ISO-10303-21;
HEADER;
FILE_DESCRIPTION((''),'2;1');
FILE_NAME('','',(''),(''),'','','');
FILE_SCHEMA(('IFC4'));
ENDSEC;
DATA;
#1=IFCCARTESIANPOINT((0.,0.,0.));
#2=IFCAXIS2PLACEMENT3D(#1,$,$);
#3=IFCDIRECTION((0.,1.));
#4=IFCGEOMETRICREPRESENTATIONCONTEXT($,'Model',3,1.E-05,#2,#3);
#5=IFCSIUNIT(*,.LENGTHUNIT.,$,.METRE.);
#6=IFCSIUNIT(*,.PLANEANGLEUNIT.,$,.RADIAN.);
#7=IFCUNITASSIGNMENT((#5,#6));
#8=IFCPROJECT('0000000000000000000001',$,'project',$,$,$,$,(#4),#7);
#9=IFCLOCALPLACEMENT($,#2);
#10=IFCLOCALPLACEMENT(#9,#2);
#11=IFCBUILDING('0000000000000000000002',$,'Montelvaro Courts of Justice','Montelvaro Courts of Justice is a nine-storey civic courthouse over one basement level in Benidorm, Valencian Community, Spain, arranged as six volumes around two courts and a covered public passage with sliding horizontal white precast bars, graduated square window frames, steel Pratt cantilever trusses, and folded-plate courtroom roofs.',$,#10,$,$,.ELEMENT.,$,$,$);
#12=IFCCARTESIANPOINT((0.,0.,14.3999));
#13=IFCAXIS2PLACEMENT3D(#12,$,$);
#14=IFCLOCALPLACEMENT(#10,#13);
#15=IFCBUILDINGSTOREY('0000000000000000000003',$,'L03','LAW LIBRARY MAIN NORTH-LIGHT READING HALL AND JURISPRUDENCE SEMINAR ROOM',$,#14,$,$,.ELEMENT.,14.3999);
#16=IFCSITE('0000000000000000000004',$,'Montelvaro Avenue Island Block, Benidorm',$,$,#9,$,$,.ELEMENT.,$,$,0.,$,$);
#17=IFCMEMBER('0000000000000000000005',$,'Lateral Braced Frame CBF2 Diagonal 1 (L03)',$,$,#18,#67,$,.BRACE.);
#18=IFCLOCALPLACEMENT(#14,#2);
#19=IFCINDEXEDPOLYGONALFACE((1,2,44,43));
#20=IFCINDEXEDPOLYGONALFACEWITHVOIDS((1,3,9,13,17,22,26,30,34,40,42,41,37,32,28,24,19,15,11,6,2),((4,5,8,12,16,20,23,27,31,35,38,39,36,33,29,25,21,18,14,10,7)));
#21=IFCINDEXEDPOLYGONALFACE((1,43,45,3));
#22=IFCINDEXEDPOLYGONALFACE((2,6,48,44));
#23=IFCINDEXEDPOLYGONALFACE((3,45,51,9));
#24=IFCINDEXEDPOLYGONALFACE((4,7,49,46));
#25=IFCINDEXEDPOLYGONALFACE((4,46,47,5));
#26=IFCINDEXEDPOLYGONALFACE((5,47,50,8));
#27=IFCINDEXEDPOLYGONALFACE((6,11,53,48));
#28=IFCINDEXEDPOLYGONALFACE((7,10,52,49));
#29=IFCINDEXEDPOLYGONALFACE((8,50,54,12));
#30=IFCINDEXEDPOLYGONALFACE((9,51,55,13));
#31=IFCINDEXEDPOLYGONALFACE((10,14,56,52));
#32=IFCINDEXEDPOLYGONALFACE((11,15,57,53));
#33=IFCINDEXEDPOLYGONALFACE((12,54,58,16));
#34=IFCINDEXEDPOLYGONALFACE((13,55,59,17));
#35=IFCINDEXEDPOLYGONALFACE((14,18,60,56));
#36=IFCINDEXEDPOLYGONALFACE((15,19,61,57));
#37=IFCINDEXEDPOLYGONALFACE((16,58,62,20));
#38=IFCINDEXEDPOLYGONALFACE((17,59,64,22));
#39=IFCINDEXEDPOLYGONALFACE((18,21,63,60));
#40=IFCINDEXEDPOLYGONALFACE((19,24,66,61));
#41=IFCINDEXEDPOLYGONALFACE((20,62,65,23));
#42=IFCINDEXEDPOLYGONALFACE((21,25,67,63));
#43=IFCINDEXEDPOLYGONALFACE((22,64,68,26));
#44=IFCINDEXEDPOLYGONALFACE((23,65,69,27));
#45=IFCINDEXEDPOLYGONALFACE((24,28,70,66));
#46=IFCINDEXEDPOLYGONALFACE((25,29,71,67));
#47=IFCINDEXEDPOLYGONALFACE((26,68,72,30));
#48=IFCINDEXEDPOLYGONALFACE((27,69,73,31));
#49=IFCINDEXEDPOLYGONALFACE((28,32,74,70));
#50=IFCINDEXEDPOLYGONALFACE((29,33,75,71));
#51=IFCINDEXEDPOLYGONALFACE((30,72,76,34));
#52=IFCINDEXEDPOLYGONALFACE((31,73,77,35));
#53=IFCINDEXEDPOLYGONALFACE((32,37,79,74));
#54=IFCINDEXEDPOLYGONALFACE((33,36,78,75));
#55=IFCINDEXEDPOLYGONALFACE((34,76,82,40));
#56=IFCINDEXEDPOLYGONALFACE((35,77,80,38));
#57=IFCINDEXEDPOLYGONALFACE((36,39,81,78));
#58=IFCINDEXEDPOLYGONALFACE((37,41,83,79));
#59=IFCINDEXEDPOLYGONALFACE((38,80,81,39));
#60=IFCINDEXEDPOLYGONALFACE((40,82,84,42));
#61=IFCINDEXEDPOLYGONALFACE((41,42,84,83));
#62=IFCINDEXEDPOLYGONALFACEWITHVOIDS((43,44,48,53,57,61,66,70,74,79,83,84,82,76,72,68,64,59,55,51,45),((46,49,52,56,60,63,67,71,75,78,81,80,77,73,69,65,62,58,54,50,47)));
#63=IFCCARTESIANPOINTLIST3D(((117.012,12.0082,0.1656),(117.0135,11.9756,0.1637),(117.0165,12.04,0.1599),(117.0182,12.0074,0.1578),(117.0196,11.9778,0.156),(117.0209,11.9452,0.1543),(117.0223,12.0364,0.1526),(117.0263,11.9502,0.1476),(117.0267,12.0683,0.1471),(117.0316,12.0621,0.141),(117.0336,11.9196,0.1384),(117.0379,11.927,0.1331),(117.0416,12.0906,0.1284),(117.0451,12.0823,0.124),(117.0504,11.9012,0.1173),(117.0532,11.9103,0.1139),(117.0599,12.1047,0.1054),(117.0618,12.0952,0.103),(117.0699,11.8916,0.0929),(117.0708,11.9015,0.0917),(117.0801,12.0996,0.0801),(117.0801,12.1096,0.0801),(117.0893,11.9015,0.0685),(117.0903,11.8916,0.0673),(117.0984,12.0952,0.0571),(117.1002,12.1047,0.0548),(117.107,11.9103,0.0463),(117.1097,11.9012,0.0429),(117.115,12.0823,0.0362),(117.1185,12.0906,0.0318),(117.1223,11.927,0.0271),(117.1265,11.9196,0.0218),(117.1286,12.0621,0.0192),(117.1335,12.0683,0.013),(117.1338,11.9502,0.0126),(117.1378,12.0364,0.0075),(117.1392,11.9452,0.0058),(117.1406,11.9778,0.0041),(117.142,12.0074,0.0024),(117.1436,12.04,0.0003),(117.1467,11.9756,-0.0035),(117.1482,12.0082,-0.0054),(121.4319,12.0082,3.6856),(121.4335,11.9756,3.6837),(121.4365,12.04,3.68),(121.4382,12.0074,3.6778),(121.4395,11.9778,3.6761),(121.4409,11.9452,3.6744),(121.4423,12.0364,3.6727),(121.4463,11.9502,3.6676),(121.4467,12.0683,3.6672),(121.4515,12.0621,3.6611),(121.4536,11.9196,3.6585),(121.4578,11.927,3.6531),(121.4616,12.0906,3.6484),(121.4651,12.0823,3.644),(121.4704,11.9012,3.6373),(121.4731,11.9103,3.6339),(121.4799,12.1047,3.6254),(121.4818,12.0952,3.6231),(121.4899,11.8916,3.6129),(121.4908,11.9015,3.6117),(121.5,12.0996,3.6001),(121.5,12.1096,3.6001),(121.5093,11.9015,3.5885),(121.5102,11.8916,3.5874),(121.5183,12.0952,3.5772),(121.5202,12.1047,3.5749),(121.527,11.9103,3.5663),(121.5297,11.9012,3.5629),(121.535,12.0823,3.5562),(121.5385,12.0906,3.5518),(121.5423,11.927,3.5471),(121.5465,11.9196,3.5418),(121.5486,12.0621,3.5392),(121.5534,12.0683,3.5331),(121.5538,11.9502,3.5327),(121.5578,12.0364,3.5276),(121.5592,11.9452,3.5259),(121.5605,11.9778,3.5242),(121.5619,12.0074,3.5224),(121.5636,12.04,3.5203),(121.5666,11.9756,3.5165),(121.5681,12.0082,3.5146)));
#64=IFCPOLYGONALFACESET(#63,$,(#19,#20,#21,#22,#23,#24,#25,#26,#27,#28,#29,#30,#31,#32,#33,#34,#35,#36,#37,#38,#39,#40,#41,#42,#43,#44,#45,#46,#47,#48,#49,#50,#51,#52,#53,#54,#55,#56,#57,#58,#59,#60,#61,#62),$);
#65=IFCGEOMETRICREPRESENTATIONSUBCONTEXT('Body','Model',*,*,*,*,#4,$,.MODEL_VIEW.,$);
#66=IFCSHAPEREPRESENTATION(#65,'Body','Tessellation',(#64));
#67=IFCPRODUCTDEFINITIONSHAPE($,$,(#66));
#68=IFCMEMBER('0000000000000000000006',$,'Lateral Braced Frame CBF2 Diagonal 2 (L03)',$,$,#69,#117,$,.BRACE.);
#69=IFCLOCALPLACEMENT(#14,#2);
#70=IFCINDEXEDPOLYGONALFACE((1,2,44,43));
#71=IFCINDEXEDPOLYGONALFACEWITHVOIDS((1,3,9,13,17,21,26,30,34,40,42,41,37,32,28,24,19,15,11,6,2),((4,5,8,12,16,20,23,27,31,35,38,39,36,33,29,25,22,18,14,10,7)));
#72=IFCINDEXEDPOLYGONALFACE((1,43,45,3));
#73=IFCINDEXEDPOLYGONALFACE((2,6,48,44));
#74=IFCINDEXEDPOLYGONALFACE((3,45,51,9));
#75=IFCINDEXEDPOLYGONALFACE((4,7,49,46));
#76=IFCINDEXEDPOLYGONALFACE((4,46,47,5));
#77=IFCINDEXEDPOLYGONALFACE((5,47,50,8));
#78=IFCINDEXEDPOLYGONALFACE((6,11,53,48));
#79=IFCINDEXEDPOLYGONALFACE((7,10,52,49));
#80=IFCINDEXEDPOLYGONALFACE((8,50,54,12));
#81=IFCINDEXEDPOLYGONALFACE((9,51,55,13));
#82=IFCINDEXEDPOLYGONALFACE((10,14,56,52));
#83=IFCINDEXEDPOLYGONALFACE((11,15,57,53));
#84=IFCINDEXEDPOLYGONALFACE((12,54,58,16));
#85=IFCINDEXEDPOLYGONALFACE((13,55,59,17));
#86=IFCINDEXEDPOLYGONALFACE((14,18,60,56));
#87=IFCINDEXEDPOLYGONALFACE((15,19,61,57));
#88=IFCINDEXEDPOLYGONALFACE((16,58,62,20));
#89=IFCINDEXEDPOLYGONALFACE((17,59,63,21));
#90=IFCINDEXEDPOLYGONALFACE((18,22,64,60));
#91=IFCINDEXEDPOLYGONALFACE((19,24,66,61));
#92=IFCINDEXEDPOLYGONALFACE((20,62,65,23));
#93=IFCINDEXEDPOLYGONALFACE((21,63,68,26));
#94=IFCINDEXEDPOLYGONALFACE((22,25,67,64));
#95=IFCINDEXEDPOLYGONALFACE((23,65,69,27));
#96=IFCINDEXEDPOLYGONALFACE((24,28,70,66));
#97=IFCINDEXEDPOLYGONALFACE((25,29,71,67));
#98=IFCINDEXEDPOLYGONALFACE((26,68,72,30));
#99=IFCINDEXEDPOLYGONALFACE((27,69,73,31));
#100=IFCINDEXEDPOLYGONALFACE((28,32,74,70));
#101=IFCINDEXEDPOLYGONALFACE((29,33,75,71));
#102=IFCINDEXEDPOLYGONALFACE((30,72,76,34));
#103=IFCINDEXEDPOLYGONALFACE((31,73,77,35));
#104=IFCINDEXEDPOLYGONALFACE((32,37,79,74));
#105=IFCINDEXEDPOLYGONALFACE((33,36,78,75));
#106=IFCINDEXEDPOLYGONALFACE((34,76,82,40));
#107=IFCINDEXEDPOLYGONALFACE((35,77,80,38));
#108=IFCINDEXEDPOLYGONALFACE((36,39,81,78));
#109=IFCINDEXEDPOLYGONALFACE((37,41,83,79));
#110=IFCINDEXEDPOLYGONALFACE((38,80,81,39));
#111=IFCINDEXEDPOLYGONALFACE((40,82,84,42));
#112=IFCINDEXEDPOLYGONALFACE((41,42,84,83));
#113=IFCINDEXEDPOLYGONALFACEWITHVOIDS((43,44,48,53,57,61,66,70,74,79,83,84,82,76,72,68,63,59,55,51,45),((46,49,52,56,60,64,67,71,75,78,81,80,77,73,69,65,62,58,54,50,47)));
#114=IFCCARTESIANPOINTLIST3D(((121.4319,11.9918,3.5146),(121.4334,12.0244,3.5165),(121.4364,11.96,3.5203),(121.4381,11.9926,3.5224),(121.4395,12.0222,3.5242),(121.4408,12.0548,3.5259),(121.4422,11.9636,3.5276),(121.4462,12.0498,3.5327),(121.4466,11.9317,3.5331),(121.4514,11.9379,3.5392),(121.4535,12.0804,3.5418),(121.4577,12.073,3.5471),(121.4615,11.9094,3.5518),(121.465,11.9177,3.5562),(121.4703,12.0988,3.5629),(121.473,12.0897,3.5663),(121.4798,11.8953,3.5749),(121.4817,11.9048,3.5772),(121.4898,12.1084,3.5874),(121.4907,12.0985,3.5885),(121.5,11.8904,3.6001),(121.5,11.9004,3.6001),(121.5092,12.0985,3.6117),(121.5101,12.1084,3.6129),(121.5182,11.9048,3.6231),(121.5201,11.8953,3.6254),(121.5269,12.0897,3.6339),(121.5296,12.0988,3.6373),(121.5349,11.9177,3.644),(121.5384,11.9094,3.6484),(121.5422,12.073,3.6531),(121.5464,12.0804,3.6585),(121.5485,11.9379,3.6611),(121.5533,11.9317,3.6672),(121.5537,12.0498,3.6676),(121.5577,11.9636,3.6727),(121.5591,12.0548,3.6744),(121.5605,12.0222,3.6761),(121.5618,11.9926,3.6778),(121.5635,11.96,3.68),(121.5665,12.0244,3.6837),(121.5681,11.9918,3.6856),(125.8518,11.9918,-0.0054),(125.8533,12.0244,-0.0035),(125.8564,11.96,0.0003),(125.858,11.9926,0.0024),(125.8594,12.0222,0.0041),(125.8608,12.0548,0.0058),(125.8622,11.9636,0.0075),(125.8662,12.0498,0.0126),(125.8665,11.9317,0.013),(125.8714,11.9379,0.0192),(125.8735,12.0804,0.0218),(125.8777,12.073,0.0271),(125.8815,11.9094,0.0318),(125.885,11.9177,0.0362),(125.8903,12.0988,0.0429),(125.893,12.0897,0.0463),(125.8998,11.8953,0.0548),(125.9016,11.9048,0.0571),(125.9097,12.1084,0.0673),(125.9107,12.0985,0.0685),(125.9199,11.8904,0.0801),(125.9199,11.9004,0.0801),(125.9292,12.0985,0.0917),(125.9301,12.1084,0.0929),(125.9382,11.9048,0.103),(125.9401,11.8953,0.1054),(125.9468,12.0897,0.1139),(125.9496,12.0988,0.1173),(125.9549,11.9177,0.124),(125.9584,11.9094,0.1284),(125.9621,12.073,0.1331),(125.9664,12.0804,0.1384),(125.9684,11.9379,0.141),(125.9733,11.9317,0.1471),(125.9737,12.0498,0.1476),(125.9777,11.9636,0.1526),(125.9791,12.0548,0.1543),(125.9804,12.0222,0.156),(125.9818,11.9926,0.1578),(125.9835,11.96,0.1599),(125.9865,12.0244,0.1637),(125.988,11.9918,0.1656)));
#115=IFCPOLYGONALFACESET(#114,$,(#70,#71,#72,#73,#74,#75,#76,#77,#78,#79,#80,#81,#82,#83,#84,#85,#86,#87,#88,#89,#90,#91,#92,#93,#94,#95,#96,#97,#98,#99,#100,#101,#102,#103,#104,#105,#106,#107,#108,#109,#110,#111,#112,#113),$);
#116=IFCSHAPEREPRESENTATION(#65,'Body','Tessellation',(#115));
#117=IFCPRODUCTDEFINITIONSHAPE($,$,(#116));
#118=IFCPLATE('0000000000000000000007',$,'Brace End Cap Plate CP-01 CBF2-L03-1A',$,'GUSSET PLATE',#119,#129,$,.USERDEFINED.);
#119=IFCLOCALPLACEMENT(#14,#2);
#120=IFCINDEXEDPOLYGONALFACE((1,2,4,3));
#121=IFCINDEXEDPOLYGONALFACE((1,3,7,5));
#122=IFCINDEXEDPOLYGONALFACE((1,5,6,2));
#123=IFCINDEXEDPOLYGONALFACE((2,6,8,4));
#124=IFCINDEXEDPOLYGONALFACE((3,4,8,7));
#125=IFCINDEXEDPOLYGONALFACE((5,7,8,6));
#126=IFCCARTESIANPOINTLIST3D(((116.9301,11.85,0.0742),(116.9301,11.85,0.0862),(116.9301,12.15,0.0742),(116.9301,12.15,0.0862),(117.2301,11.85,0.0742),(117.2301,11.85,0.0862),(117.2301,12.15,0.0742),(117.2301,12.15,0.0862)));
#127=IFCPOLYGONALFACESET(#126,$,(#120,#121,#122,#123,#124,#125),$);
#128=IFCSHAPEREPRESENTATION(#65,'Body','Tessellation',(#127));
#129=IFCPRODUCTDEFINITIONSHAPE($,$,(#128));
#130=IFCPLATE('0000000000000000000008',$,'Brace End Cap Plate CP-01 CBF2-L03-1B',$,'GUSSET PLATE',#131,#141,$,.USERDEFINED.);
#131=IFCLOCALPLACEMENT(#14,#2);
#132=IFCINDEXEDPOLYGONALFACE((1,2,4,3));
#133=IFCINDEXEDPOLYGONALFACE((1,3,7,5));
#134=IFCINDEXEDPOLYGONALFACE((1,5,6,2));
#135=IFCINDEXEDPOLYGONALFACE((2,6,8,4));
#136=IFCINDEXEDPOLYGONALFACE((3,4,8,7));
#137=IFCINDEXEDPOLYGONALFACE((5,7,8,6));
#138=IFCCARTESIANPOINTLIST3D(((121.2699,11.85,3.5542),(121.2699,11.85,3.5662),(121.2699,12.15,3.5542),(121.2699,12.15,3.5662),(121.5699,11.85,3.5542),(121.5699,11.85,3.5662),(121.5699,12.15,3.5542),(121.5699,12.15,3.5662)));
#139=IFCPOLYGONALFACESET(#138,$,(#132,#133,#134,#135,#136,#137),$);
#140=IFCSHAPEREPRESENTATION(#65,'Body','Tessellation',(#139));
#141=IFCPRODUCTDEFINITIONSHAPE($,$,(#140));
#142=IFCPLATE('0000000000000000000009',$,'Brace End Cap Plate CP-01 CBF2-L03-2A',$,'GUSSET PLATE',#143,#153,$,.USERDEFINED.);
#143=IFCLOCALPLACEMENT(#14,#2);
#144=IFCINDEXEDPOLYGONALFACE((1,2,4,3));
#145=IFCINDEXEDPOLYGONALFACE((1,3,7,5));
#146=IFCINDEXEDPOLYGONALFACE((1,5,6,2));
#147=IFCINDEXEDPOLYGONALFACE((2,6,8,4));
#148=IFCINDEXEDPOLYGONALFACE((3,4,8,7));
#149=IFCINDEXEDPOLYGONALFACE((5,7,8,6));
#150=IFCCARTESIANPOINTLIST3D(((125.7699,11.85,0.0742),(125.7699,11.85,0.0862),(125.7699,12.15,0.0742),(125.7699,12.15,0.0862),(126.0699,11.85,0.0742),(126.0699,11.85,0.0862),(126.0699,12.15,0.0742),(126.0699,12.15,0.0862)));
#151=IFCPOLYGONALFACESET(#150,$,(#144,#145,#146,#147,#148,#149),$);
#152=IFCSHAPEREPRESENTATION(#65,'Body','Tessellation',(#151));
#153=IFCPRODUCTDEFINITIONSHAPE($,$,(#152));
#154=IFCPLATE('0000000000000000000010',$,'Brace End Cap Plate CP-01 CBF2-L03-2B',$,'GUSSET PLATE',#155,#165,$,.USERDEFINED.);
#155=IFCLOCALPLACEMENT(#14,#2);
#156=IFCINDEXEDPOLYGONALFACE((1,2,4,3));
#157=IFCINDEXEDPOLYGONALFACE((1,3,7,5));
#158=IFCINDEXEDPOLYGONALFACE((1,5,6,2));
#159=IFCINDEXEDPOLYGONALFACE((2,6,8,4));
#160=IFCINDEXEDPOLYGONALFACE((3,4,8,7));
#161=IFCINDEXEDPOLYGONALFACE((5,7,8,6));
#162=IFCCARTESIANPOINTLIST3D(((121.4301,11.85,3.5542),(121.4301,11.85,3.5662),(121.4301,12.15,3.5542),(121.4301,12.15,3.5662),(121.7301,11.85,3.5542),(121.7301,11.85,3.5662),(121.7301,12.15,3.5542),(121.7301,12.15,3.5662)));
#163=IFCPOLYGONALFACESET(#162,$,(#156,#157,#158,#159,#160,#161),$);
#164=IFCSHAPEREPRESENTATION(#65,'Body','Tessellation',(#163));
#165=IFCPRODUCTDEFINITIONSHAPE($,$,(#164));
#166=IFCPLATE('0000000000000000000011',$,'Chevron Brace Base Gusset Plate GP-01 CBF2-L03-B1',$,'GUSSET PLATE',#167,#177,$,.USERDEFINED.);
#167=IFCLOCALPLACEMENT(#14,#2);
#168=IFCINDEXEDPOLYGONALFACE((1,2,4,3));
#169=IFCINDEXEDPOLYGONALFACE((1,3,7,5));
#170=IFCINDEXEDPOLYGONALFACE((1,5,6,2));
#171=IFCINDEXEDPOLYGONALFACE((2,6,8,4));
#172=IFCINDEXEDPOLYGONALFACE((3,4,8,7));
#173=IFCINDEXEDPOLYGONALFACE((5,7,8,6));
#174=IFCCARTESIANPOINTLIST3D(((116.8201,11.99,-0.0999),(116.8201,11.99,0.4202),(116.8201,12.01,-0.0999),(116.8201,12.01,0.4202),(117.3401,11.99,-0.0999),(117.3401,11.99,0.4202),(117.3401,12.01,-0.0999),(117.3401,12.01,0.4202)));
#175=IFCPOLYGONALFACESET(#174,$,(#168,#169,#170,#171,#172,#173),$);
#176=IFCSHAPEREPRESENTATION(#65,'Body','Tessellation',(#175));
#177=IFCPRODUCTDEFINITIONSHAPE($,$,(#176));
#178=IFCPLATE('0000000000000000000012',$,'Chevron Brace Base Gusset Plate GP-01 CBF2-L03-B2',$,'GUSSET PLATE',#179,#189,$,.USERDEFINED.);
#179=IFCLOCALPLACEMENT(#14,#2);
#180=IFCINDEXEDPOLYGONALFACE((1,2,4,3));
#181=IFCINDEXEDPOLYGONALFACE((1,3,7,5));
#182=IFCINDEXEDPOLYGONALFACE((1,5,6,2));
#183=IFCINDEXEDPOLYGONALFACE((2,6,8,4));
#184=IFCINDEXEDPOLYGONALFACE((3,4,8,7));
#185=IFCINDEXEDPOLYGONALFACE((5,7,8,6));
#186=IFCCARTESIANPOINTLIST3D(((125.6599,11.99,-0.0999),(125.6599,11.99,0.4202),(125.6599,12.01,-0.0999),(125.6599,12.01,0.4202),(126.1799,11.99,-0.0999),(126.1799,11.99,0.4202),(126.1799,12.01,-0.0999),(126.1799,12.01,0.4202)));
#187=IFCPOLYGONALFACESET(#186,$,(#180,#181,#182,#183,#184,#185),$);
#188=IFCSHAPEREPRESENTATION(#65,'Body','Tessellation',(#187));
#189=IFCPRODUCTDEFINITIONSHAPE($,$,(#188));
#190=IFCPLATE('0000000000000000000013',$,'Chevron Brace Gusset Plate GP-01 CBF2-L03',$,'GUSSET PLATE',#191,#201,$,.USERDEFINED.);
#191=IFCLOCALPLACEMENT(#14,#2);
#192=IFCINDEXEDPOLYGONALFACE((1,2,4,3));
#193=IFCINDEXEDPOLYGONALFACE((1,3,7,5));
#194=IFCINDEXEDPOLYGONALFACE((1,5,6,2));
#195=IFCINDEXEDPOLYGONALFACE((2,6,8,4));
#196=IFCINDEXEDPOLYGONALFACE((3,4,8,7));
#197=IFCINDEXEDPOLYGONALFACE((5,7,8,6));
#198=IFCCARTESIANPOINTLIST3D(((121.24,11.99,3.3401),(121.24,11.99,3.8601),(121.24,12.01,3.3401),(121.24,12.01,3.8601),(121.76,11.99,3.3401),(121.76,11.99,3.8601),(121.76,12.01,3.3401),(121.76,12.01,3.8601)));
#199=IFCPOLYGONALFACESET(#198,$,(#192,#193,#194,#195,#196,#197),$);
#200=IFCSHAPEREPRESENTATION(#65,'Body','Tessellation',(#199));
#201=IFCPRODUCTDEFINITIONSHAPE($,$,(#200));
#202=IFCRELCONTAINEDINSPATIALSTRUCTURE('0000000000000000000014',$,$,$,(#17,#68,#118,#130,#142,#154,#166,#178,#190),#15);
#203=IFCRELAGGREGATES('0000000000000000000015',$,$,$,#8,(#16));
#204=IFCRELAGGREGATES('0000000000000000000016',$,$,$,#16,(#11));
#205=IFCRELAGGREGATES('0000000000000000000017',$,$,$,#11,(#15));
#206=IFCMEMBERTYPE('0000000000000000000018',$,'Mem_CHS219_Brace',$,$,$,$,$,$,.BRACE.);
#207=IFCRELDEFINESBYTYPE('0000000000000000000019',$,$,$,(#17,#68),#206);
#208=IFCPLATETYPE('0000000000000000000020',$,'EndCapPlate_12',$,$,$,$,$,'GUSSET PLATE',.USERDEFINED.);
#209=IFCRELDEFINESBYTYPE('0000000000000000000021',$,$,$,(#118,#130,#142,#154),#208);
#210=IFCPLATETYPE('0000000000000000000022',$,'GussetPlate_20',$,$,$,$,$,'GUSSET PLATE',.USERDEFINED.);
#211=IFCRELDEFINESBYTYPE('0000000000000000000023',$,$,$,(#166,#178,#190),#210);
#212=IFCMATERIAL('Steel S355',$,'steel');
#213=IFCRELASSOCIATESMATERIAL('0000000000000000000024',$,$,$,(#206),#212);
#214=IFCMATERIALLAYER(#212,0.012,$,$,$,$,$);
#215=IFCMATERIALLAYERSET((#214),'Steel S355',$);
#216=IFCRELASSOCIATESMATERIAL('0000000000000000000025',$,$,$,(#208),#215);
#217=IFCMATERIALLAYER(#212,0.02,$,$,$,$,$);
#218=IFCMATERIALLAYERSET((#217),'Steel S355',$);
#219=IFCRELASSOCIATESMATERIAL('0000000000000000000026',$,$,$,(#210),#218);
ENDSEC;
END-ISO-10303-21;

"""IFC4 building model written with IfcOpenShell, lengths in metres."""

from ifc_helpers import new_model, si_unit, direction, frame, origin, origin_2d, place, context, subcontext, project, spatial, rectangle, hollow_circle, extrude, material, layer, layer_set, material_profile, profile_set, type_object, element, save


model = new_model("IFC4")

# Units and contexts
model_context = context("Model", 3, precision=1e-05, world=origin(), true_north=direction((0.0, 1.0)))
body_context = subcontext(model_context, "Body", "Model", "MODEL_VIEW")
ifc_project = project(units=[si_unit("LENGTHUNIT", "METRE"), si_unit("PLANEANGLEUNIT", "RADIAN")], contexts=[model_context])

# Site, building, storey
site_placement = place(None, origin())
site = spatial("IfcSite", under=ifc_project, at=site_placement, Name="Montelvaro Avenue Island Block, Benidorm", CompositionType="ELEMENT", RefElevation=0.0)
building_placement = place(site_placement, origin())
building = spatial("IfcBuilding", under=site, at=building_placement, Name="Montelvaro Courts of Justice", Description="Montelvaro Courts of Justice is a nine-storey civic courthouse over one basement level in Benidorm, Valencian Community, Spain, arranged as six volumes around two courts and a covered public passage with sliding horizontal white precast bars, graduated square window frames, steel Pratt cantilever trusses, and folded-plate courtroom roofs.", CompositionType="ELEMENT")
storey_placement = place(building_placement, frame((0.0, 0.0, 14.3999)))
storey = spatial("IfcBuildingStorey", under=building, at=storey_placement, Name="L03", Description="LAW LIBRARY MAIN NORTH-LIGHT READING HALL AND JURISPRUDENCE SEMINAR ROOM", CompositionType="ELEMENT", Elevation=14.3999)

# Shared definitions
ifc_material_1 = material(Name="Steel S355", Category="steel")

# Members
ifc_material_profile_1 = material_profile(ifc_material_1, hollow_circle(Radius=0.1096, WallThickness=0.01, at=origin_2d()), Name="CHS 219.1x10")
ifc_profile_set_1 = profile_set([ifc_material_profile_1], Name="Steel S355")
member_type = type_object("IfcMemberType", Name="Mem_CHS219_Brace", PredefinedType="BRACE", material=ifc_profile_set_1)
for number, where, z_axis, x_axis, name in (
    (1, (117.0801, 12.0, 0.0801), (0.782241, 0.0, 0.622976), (0.0, 1.0, 0.0), "Lateral Braced Frame CBF2 Diagonal 1 (L03)"),
    (2, (125.9199, 12.0, 0.0801), (-0.782241, 0.0, 0.622976), (0.0, -1.0, 0.0), "Lateral Braced Frame CBF2 Diagonal 2 (L03)"),
):
    element("IfcMember", number, at=place(storey_placement, frame(where, z_axis=z_axis, x_axis=x_axis)), inside=storey, type_object=member_type, Name=name, PredefinedType="BRACE", context=body_context, shape_type="SweptSolid", body=[
        extrude(hollow_circle(Radius=0.1096, WallThickness=0.01, at=origin_2d()), origin(), (0.0, 0.0, 1.0), 5.6504),
    ])

# Plates
ifc_layer_1 = layer(ifc_material_1, 0.012)
ifc_layer_set_1 = layer_set([ifc_layer_1], Name="Steel S355")
plate_type_1 = type_object("IfcPlateType", Name="EndCapPlate_12", ElementType="GUSSET PLATE", PredefinedType="USERDEFINED", material=ifc_layer_set_1)
for number, where, z_axis, x_axis, name in (
    (3, (117.0801, 12.0, 0.0742), (0.0, 0.0, 1.0), (1.0, 0.0, 0.0), "Brace End Cap Plate CP-01 CBF2-L03-1A"),
    (4, (121.4199, 12.0, 3.5542), (0.0, 0.0, 1.0), (1.0, 0.0, 0.0), "Brace End Cap Plate CP-01 CBF2-L03-1B"),
    (5, (125.9199, 12.0, 0.0742), (0.0, 0.0, 1.0), (1.0, 0.0, 0.0), "Brace End Cap Plate CP-01 CBF2-L03-2A"),
    (6, (121.5801, 12.0, 3.5542), (0.0, 0.0, 1.0), (1.0, 0.0, 0.0), "Brace End Cap Plate CP-01 CBF2-L03-2B"),
):
    element("IfcPlate", number, at=place(storey_placement, frame(where, z_axis=z_axis, x_axis=x_axis)), inside=storey, type_object=plate_type_1, Name=name, ObjectType="GUSSET PLATE", PredefinedType="USERDEFINED", context=body_context, shape_type="SweptSolid", body=[
        extrude(rectangle(XDim=0.3, YDim=0.3, at=origin_2d()), origin(), (0.0, 0.0, 1.0), 0.012),
    ])
ifc_layer_2 = layer(ifc_material_1, 0.02)
ifc_layer_set_2 = layer_set([ifc_layer_2], Name="Steel S355")
plate_type_2 = type_object("IfcPlateType", Name="GussetPlate_20", ElementType="GUSSET PLATE", PredefinedType="USERDEFINED", material=ifc_layer_set_2)
for number, where, z_axis, x_axis, name in (
    (7, (117.0801, 12.0, -0.0999), (0.0, 0.0, 1.0), (1.0, 0.0, 0.0), "Chevron Brace Base Gusset Plate GP-01 CBF2-L03-B1"),
    (8, (125.9199, 12.0, -0.0999), (0.0, 0.0, 1.0), (1.0, 0.0, 0.0), "Chevron Brace Base Gusset Plate GP-01 CBF2-L03-B2"),
    (9, (121.5, 12.0, 3.3401), (0.0, 0.0, 1.0), (1.0, 0.0, 0.0), "Chevron Brace Gusset Plate GP-01 CBF2-L03"),
):
    element("IfcPlate", number, at=place(storey_placement, frame(where, z_axis=z_axis, x_axis=x_axis)), inside=storey, type_object=plate_type_2, Name=name, ObjectType="GUSSET PLATE", PredefinedType="USERDEFINED", context=body_context, shape_type="SweptSolid", body=[
        extrude(rectangle(XDim=0.52, YDim=0.02, at=origin_2d()), origin(), (0.0, 0.0, 1.0), 0.52),
    ])

save(model, "model.ifc")
